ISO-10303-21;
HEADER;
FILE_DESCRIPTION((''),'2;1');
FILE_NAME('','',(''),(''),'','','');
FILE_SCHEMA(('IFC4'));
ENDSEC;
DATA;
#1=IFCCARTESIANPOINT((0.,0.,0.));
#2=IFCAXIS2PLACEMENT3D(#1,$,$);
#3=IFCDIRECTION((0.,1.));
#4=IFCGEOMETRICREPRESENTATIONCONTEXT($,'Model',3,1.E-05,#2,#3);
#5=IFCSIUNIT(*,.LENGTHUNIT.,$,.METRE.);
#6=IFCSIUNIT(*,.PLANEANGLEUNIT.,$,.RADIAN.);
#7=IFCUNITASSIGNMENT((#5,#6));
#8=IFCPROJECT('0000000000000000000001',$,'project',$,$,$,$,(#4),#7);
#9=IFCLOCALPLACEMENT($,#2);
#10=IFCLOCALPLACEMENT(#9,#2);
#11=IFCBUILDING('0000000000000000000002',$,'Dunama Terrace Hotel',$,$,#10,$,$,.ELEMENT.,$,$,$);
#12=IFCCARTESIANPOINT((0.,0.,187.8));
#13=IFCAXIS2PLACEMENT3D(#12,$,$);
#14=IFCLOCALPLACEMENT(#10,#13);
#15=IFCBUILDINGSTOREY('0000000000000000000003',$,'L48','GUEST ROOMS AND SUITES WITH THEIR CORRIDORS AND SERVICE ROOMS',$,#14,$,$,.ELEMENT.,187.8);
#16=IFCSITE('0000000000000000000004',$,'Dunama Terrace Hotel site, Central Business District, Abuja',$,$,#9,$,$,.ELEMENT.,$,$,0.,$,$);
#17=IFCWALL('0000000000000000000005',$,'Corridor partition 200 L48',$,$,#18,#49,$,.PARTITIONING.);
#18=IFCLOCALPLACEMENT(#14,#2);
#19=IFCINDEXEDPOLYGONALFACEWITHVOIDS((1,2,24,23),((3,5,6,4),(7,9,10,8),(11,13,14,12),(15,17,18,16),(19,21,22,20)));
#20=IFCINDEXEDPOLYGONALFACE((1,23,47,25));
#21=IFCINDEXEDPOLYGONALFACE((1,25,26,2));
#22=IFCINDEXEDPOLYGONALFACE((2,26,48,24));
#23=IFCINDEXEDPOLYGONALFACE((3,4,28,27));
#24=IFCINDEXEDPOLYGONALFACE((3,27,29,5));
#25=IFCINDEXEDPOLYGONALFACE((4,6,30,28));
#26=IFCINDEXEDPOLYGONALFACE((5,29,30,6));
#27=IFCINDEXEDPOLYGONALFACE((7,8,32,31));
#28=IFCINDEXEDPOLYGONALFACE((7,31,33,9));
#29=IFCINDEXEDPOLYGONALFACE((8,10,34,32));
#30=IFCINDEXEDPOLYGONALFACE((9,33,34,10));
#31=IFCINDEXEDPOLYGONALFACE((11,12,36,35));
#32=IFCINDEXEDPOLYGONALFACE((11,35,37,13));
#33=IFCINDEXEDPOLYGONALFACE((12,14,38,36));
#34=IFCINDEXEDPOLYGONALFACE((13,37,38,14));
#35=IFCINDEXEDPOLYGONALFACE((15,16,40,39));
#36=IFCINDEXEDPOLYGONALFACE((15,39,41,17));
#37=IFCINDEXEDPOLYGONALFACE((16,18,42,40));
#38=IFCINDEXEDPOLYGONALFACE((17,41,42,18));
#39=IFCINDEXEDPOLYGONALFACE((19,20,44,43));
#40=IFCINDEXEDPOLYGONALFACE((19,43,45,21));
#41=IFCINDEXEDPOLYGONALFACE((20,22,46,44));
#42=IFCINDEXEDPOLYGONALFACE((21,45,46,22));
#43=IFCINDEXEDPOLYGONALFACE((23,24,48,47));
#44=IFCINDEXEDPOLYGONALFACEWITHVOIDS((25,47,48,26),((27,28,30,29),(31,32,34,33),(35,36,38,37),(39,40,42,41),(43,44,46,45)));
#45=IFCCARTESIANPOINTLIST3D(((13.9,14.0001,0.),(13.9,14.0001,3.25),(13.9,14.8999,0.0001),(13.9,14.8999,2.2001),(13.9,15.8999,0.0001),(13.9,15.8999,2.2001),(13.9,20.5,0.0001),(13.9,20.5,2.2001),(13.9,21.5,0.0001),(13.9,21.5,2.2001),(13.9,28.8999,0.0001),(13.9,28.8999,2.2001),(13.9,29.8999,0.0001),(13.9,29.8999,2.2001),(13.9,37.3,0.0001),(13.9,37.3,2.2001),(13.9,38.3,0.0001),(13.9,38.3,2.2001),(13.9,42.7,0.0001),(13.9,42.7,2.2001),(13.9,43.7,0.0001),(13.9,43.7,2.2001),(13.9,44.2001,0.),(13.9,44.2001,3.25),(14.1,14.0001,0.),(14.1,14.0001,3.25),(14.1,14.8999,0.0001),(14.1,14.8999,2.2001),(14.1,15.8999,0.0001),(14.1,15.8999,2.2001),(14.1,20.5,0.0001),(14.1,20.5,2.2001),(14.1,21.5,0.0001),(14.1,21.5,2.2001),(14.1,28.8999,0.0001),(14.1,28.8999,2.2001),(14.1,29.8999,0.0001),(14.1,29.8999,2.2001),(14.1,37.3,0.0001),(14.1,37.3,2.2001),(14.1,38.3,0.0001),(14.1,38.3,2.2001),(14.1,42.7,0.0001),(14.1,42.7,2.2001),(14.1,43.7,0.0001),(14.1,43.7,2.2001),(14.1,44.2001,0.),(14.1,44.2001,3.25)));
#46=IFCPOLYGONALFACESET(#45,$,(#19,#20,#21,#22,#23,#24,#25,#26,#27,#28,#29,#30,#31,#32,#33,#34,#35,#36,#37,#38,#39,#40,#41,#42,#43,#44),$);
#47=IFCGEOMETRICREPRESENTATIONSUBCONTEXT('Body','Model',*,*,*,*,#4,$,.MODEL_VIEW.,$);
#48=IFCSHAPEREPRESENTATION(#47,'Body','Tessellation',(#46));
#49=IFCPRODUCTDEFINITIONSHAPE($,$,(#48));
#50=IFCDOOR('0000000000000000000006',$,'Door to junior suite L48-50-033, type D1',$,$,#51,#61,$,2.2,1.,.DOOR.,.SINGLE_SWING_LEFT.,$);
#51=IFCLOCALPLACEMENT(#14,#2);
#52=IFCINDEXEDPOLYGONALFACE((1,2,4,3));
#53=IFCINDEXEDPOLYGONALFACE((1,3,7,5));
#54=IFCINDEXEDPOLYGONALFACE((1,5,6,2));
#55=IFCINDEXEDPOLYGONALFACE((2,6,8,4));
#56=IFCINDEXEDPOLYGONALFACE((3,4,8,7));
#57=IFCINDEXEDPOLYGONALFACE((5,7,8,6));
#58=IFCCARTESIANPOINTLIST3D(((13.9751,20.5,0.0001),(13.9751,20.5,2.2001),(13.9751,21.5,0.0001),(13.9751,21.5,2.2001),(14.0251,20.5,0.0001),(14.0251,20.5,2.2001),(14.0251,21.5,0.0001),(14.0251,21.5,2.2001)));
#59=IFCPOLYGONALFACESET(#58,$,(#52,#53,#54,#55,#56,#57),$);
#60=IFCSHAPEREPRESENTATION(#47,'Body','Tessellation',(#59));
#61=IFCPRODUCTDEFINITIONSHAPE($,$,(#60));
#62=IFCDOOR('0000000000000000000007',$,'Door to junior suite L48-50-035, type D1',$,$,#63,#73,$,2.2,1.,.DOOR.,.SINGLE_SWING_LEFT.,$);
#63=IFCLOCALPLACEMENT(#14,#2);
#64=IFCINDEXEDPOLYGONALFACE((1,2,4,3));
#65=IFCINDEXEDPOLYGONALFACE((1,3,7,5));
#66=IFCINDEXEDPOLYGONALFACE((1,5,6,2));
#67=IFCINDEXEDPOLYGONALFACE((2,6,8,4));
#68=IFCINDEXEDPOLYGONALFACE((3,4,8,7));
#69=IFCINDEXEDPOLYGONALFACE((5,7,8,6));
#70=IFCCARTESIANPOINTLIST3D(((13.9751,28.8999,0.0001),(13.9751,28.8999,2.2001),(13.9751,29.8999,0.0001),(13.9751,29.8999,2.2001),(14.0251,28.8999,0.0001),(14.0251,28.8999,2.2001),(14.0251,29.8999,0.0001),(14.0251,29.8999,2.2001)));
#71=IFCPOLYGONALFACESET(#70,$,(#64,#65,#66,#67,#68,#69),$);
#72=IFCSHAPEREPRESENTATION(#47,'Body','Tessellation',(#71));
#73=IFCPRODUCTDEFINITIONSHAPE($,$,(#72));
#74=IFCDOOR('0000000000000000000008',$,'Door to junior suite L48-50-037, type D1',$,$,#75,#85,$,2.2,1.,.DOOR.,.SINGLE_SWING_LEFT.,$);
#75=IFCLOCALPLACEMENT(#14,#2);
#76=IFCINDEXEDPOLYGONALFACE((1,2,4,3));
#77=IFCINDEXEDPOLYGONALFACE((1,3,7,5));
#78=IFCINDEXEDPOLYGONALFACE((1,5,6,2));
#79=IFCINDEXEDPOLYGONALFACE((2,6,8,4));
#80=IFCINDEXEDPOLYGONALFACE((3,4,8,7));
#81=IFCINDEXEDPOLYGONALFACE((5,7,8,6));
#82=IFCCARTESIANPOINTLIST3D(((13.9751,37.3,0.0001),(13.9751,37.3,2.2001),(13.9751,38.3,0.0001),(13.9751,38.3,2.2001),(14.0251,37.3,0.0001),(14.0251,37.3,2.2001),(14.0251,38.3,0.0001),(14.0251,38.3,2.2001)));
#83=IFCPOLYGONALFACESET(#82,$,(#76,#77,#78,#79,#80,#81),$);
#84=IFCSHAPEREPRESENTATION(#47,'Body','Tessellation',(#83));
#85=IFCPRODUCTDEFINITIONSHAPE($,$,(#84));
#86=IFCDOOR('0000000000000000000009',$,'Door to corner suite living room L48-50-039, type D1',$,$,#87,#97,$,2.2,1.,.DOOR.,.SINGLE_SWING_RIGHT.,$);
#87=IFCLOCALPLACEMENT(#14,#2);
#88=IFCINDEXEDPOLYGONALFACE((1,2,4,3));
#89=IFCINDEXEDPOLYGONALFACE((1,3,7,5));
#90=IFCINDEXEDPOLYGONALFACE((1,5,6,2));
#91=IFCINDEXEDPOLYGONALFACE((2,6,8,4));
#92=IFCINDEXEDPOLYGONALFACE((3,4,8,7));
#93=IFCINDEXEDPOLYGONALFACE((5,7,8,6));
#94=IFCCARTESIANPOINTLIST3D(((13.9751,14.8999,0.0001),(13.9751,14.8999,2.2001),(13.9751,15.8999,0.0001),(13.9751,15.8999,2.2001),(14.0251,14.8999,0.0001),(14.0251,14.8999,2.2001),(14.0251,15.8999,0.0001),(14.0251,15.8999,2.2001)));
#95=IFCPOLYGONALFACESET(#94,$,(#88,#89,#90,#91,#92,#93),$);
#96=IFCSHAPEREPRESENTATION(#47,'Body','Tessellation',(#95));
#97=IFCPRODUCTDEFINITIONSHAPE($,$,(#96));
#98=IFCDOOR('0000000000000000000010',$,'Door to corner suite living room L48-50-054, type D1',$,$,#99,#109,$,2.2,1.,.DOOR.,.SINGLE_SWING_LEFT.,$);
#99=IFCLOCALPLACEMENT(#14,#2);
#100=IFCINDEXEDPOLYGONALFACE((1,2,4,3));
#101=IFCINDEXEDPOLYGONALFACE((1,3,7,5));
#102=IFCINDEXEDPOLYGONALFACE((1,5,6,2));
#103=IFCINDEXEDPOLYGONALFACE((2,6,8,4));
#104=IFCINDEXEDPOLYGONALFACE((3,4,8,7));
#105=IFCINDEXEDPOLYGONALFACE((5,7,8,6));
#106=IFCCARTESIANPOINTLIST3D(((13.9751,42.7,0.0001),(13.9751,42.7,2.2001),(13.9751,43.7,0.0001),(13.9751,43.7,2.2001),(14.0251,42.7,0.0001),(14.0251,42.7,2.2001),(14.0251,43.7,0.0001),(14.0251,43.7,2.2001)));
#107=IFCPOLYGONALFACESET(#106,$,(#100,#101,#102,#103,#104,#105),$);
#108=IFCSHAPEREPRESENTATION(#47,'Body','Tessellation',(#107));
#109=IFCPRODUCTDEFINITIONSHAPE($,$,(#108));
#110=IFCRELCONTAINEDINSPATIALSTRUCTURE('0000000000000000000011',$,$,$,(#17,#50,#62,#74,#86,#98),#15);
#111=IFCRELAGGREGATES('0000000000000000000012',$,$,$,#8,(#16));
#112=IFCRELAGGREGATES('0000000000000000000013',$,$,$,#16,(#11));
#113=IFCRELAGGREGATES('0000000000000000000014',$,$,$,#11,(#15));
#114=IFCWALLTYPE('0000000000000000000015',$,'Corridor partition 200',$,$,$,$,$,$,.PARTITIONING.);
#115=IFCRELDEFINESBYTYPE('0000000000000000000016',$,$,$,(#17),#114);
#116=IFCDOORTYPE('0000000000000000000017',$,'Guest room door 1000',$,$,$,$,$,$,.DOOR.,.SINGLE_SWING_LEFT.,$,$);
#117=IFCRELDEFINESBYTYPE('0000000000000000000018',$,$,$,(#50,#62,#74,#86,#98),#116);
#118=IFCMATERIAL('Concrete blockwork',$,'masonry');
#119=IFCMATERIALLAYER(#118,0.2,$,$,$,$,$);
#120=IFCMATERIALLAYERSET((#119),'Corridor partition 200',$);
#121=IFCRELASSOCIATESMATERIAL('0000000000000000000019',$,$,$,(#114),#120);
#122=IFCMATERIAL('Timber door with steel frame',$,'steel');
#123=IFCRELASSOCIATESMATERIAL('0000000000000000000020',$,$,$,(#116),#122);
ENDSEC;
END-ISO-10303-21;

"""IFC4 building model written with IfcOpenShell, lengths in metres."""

from ifc_helpers import new_model, si_unit, direction, frame, frame_2d, origin, place, context, subcontext, project, spatial, rectangle, extrude, material, layer, layer_set, type_object, element, fill, save


model = new_model("IFC4")

# Units and contexts
model_context = context("Model", 3, precision=1e-05, world=origin(), true_north=direction((0.0, 1.0)))
body_context = subcontext(model_context, "Body", "Model", "MODEL_VIEW")
ifc_project = project(units=[si_unit("LENGTHUNIT", "METRE"), si_unit("PLANEANGLEUNIT", "RADIAN")], contexts=[model_context])

# Site, building, storey
site_placement = place(None, origin())
site = spatial("IfcSite", under=ifc_project, at=site_placement, Name="Dunama Terrace Hotel site, Central Business District, Abuja", CompositionType="ELEMENT", RefElevation=0.0)
building_placement = place(site_placement, origin())
building = spatial("IfcBuilding", under=site, at=building_placement, Name="Dunama Terrace Hotel", CompositionType="ELEMENT")
storey_placement = place(building_placement, frame((0.0, 0.0, 187.8)))
storey = spatial("IfcBuildingStorey", under=building, at=storey_placement, Name="L48", Description="GUEST ROOMS AND SUITES WITH THEIR CORRIDORS AND SERVICE ROOMS", CompositionType="ELEMENT", Elevation=187.8)

# Wall, openings, doors
ifc_material_1 = material(Name="Concrete blockwork", Category="masonry")
ifc_layer_1 = layer(ifc_material_1, 0.2)
ifc_layer_set_1 = layer_set([ifc_layer_1], Name="Corridor partition 200")
wall_type_1 = type_object("IfcWallType", Name="Corridor partition 200", PredefinedType="PARTITIONING", material=ifc_layer_set_1)
wall_1_placement = place(storey_placement, frame((14.0, 14.0, 0.0), z_axis=(0.0, 0.0, 1.0), x_axis=(0.0, 1.0, 0.0)))
wall_1 = element("IfcWall", 1, at=wall_1_placement, inside=storey, type_object=wall_type_1, Name="Corridor partition 200 L48", PredefinedType="PARTITIONING", context=body_context, shape_type="SweptSolid", body=[
    extrude(rectangle(XDim=30.2, YDim=0.2, at=frame_2d((15.1001, 0.0))), origin(), (0.0, 0.0, 1.0), 3.25),
])
opening_1_placement = place(wall_1_placement, frame((6.5, 0.0, 0.0)))
opening_1 = element("IfcOpeningElement", 2, at=opening_1_placement, cuts=wall_1, PredefinedType="OPENING", context=body_context, shape_type="SweptSolid", body=[
    extrude(rectangle(XDim=1.0, YDim=2.2, at=frame_2d((0.5, 1.1001))), frame((0.0, 0.1099, 0.0), z_axis=(0.0, -1.0, 0.0), x_axis=(1.0, 0.0, 0.0)), (0.0, 0.0, 1.0), 0.22),
])
opening_2_placement = place(wall_1_placement, frame((14.8999, 0.0, 0.0)))
opening_2 = element("IfcOpeningElement", 3, at=opening_2_placement, cuts=wall_1, PredefinedType="OPENING", context=body_context, shape_type="SweptSolid", body=[
    extrude(rectangle(XDim=1.0, YDim=2.2, at=frame_2d((0.5, 1.1001))), frame((0.0, 0.1099, 0.0), z_axis=(0.0, -1.0, 0.0), x_axis=(1.0, 0.0, 0.0)), (0.0, 0.0, 1.0), 0.22),
])
opening_3_placement = place(wall_1_placement, frame((23.3, 0.0, 0.0)))
opening_3 = element("IfcOpeningElement", 4, at=opening_3_placement, cuts=wall_1, PredefinedType="OPENING", context=body_context, shape_type="SweptSolid", body=[
    extrude(rectangle(XDim=1.0, YDim=2.2, at=frame_2d((0.5, 1.1001))), frame((0.0, 0.1099, 0.0), z_axis=(0.0, -1.0, 0.0), x_axis=(1.0, 0.0, 0.0)), (0.0, 0.0, 1.0), 0.22),
])
opening_4_placement = place(wall_1_placement, frame((0.8999, 0.0, 0.0)))
opening_4 = element("IfcOpeningElement", 5, at=opening_4_placement, cuts=wall_1, PredefinedType="OPENING", context=body_context, shape_type="SweptSolid", body=[
    extrude(rectangle(XDim=1.0, YDim=2.2, at=frame_2d((0.5, 1.1001))), frame((0.0, 0.1099, 0.0), z_axis=(0.0, -1.0, 0.0), x_axis=(1.0, 0.0, 0.0)), (0.0, 0.0, 1.0), 0.22),
])
opening_5_placement = place(wall_1_placement, frame((28.7, 0.0, 0.0)))
opening_5 = element("IfcOpeningElement", 6, at=opening_5_placement, cuts=wall_1, PredefinedType="OPENING", context=body_context, shape_type="SweptSolid", body=[
    extrude(rectangle(XDim=1.0, YDim=2.2, at=frame_2d((0.5, 1.1001))), frame((0.0, 0.1099, 0.0), z_axis=(0.0, -1.0, 0.0), x_axis=(1.0, 0.0, 0.0)), (0.0, 0.0, 1.0), 0.22),
])
ifc_material_2 = material(Name="Timber door with steel frame", Category="steel")
door_type_1 = type_object("IfcDoorType", Name="Guest room door 1000", OperationType="SINGLE_SWING_LEFT", PredefinedType="DOOR", material=ifc_material_2)
door_1_placement = place(opening_1_placement, origin())
door_1 = element("IfcDoor", 7, at=door_1_placement, inside=storey, type_object=door_type_1, Name="Door to junior suite L48-50-033, type D1", OperationType="SINGLE_SWING_LEFT", OverallHeight=2.2, OverallWidth=1.0, PredefinedType="DOOR", context=body_context, shape_type="SweptSolid", body=[
    extrude(rectangle(XDim=1.0, YDim=2.2, at=frame_2d((0.5, 1.1001))), frame((0.0, 0.0249, 0.0), z_axis=(0.0, -1.0, 0.0), x_axis=(1.0, 0.0, 0.0)), (0.0, 0.0, 1.0), 0.05),
])
fill(opening_1, door_1)
door_2_placement = place(opening_2_placement, origin())
door_2 = element("IfcDoor", 8, at=door_2_placement, inside=storey, type_object=door_type_1, Name="Door to junior suite L48-50-035, type D1", OperationType="SINGLE_SWING_LEFT", OverallHeight=2.2, OverallWidth=1.0, PredefinedType="DOOR", context=body_context, shape_type="SweptSolid", body=[
    extrude(rectangle(XDim=1.0, YDim=2.2, at=frame_2d((0.5, 1.1001))), frame((0.0, 0.0249, 0.0), z_axis=(0.0, -1.0, 0.0), x_axis=(1.0, 0.0, 0.0)), (0.0, 0.0, 1.0), 0.05),
])
fill(opening_2, door_2)
door_3_placement = place(opening_3_placement, origin())
door_3 = element("IfcDoor", 9, at=door_3_placement, inside=storey, type_object=door_type_1, Name="Door to junior suite L48-50-037, type D1", OperationType="SINGLE_SWING_LEFT", OverallHeight=2.2, OverallWidth=1.0, PredefinedType="DOOR", context=body_context, shape_type="SweptSolid", body=[
    extrude(rectangle(XDim=1.0, YDim=2.2, at=frame_2d((0.5, 1.1001))), frame((0.0, 0.0249, 0.0), z_axis=(0.0, -1.0, 0.0), x_axis=(1.0, 0.0, 0.0)), (0.0, 0.0, 1.0), 0.05),
])
fill(opening_3, door_3)
door_4_placement = place(opening_4_placement, origin())
door_4 = element("IfcDoor", 10, at=door_4_placement, inside=storey, type_object=door_type_1, Name="Door to corner suite living room L48-50-039, type D1", OperationType="SINGLE_SWING_RIGHT", OverallHeight=2.2, OverallWidth=1.0, PredefinedType="DOOR", context=body_context, shape_type="SweptSolid", body=[
    extrude(rectangle(XDim=1.0, YDim=2.2, at=frame_2d((0.5, 1.1001))), frame((0.0, 0.0249, 0.0), z_axis=(0.0, -1.0, 0.0), x_axis=(1.0, 0.0, 0.0)), (0.0, 0.0, 1.0), 0.05),
])
fill(opening_4, door_4)
door_5_placement = place(opening_5_placement, origin())
door_5 = element("IfcDoor", 11, at=door_5_placement, inside=storey, type_object=door_type_1, Name="Door to corner suite living room L48-50-054, type D1", OperationType="SINGLE_SWING_LEFT", OverallHeight=2.2, OverallWidth=1.0, PredefinedType="DOOR", context=body_context, shape_type="SweptSolid", body=[
    extrude(rectangle(XDim=1.0, YDim=2.2, at=frame_2d((0.5, 1.1001))), frame((0.0, 0.0249, 0.0), z_axis=(0.0, -1.0, 0.0), x_axis=(1.0, 0.0, 0.0)), (0.0, 0.0, 1.0), 0.05),
])
fill(opening_5, door_5)

save(model, "model.ifc")
